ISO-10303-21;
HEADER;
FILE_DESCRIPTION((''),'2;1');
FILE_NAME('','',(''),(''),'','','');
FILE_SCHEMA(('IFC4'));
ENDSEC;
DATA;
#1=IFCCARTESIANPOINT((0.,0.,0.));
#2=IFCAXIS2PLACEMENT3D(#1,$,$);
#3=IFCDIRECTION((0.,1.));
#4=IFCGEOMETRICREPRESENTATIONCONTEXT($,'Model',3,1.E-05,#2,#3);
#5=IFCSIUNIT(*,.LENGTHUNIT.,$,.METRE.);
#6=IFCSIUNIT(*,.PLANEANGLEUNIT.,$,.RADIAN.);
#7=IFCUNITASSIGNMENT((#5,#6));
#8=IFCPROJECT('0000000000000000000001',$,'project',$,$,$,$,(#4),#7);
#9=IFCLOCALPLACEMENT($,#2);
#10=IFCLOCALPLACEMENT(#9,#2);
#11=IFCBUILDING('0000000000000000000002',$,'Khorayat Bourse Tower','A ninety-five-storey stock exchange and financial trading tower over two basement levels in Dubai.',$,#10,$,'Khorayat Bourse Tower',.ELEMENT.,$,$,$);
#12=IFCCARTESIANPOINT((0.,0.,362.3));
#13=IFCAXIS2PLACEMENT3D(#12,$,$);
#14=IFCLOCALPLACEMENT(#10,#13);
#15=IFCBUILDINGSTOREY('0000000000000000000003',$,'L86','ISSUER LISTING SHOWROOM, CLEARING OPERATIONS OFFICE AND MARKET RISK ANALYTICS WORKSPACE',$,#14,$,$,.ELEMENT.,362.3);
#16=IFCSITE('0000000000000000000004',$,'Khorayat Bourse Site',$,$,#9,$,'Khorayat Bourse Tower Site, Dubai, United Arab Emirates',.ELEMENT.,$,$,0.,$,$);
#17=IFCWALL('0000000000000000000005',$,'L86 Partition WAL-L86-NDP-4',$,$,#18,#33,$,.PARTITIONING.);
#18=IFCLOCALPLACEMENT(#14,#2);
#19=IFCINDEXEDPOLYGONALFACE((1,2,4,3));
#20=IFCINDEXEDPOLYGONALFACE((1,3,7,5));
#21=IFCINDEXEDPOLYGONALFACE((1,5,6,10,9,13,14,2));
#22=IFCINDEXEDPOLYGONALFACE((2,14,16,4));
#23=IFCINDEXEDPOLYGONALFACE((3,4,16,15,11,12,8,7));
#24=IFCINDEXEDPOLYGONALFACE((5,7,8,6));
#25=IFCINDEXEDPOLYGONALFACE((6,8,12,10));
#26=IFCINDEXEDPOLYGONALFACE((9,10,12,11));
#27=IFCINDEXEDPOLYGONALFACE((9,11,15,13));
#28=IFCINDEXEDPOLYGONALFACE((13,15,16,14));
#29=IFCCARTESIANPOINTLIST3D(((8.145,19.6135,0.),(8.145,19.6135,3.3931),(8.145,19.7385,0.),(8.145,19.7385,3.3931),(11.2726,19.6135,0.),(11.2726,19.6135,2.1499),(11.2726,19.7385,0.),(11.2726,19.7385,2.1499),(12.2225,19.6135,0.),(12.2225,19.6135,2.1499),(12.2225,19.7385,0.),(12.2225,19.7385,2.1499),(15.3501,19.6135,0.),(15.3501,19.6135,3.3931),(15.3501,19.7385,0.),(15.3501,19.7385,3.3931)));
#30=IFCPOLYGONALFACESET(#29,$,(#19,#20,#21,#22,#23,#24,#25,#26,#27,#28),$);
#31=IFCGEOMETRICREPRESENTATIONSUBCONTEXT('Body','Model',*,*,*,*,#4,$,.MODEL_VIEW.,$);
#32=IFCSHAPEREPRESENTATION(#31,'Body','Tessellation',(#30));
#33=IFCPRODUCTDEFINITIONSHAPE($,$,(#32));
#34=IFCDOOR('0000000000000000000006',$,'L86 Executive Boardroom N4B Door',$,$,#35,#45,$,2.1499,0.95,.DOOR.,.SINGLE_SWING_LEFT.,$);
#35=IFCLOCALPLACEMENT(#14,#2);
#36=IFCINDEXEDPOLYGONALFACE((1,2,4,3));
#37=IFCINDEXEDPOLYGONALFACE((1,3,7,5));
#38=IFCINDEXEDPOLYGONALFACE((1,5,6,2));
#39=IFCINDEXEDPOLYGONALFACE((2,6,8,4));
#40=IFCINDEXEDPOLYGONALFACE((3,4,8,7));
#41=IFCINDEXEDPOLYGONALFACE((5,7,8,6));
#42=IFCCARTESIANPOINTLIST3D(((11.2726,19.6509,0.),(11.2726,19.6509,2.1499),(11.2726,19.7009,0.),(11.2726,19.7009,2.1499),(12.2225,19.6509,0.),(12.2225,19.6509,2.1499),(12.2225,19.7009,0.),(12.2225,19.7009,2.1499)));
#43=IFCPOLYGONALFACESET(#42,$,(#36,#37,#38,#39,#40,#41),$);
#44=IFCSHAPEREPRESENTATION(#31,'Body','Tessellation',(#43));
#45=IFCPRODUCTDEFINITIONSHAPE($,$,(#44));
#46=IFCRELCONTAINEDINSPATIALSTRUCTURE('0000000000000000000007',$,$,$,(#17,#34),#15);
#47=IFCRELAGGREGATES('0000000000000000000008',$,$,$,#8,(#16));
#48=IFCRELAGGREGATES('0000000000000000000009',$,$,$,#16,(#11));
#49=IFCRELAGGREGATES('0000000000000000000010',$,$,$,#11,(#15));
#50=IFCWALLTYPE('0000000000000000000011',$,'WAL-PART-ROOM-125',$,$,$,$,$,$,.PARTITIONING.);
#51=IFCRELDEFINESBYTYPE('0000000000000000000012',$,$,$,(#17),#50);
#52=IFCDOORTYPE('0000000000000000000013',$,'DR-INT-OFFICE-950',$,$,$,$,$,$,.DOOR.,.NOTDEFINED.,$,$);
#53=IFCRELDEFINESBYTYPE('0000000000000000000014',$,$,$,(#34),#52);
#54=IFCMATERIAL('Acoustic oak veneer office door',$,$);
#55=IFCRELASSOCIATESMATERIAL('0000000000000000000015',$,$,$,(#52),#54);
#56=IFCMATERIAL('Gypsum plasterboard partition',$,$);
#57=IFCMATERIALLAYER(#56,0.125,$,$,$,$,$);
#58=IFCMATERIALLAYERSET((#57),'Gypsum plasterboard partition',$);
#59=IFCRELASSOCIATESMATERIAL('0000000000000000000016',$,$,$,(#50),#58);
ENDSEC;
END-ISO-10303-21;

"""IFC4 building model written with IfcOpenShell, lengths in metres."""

from ifc_helpers import new_model, si_unit, direction, frame, frame_2d, origin, place, context, subcontext, project, spatial, rectangle, extrude, source, transform, mapped, material, layer, layer_set, type_object, element, fill, save


model = new_model("IFC4")

# Units and contexts
model_context = context("Model", 3, precision=1e-05, world=origin(), true_north=direction((0.0, 1.0)))
body_context = subcontext(model_context, "Body", "Model", "MODEL_VIEW")
ifc_project = project(units=[si_unit("LENGTHUNIT", "METRE"), si_unit("PLANEANGLEUNIT", "RADIAN")], contexts=[model_context])

# Site, building, storey
site_placement = place(None, origin())
site = spatial("IfcSite", under=ifc_project, at=site_placement, Name="Khorayat Bourse Site", LongName="Khorayat Bourse Tower Site, Dubai, United Arab Emirates", CompositionType="ELEMENT", RefElevation=0.0)
building_placement = place(site_placement, origin())
building = spatial("IfcBuilding", under=site, at=building_placement, Name="Khorayat Bourse Tower", Description="A ninety-five-storey stock exchange and financial trading tower over two basement levels in Dubai.", LongName="Khorayat Bourse Tower", CompositionType="ELEMENT")
storey_placement = place(building_placement, frame((0.0, 0.0, 362.3)))
storey = spatial("IfcBuildingStorey", under=building, at=storey_placement, Name="L86", Description="ISSUER LISTING SHOWROOM, CLEARING OPERATIONS OFFICE AND MARKET RISK ANALYTICS WORKSPACE", CompositionType="ELEMENT", Elevation=362.3)

# Shared definitions
ifc_material_1 = material(Name="Acoustic oak veneer office door")
door_type_1 = type_object("IfcDoorType", Name="DR-INT-OFFICE-950", OperationType="NOTDEFINED", PredefinedType="DOOR", material=ifc_material_1)
shared_shape_1 = source(origin(), body_context, "Body", "SweptSolid", [
    extrude(rectangle(XDim=0.95, YDim=2.1499, at=frame_2d((0.4751, 1.075))), frame((0.0, 0.0249, 0.0), z_axis=(0.0, -1.0, 0.0), x_axis=(1.0, 0.0, 0.0)), (0.0, 0.0, 1.0), 0.05),
])

# Wall, opening, door
ifc_material_2 = material(Name="Gypsum plasterboard partition")
ifc_layer_1 = layer(ifc_material_2, 0.125)
ifc_layer_set_1 = layer_set([ifc_layer_1], Name="Gypsum plasterboard partition")
wall_type_1 = type_object("IfcWallType", Name="WAL-PART-ROOM-125", PredefinedType="PARTITIONING", material=ifc_layer_set_1)
shared_shape_2 = source(origin(), body_context, "Body", "SweptSolid", [
    extrude(rectangle(XDim=0.95, YDim=2.1499, at=frame_2d((0.4751, 1.075))), frame((0.0, 0.0725, 0.0), z_axis=(0.0, -1.0, 0.0), x_axis=(1.0, 0.0, 0.0)), (0.0, 0.0, 1.0), 0.145),
])
shared_shape_3 = source(origin(), body_context, "Body", "SweptSolid", [
    extrude(rectangle(XDim=7.2051, YDim=0.125, at=frame_2d((3.6025, 0.0))), origin(), (0.0, 0.0, 1.0), 3.3931),
])
wall_1_placement = place(storey_placement, frame((8.145, 19.676, 0.0), z_axis=(0.0, 0.0, 1.0), x_axis=(1.0, 0.0, 0.0)))
wall_1 = element("IfcWall", 1, at=wall_1_placement, inside=storey, type_object=wall_type_1, Name="L86 Partition WAL-L86-NDP-4", PredefinedType="PARTITIONING", context=body_context, shape_type="MappedRepresentation", body=[
    mapped(shared_shape_3, transform((0.0, 0.0, 0.0), scale=1.0)),
])
opening_1_placement = place(wall_1_placement, frame((3.1274, 0.0, 0.0)))
opening_1 = element("IfcOpeningElement", 2, at=opening_1_placement, cuts=wall_1, PredefinedType="OPENING", context=body_context, shape_type="MappedRepresentation", body=[
    mapped(shared_shape_2, transform((0.0, 0.0, 0.0), scale=1.0)),
])
door_1_placement = place(opening_1_placement, origin())
door_1 = element("IfcDoor", 3, at=door_1_placement, inside=storey, type_object=door_type_1, Name="L86 Executive Boardroom N4B Door", OperationType="SINGLE_SWING_LEFT", OverallHeight=2.1499, OverallWidth=0.95, PredefinedType="DOOR", context=body_context, shape_type="MappedRepresentation", body=[
    mapped(shared_shape_1, transform((0.0, 0.0, 0.0), scale=1.0)),
])
fill(opening_1, door_1)

save(model, "model.ifc")
